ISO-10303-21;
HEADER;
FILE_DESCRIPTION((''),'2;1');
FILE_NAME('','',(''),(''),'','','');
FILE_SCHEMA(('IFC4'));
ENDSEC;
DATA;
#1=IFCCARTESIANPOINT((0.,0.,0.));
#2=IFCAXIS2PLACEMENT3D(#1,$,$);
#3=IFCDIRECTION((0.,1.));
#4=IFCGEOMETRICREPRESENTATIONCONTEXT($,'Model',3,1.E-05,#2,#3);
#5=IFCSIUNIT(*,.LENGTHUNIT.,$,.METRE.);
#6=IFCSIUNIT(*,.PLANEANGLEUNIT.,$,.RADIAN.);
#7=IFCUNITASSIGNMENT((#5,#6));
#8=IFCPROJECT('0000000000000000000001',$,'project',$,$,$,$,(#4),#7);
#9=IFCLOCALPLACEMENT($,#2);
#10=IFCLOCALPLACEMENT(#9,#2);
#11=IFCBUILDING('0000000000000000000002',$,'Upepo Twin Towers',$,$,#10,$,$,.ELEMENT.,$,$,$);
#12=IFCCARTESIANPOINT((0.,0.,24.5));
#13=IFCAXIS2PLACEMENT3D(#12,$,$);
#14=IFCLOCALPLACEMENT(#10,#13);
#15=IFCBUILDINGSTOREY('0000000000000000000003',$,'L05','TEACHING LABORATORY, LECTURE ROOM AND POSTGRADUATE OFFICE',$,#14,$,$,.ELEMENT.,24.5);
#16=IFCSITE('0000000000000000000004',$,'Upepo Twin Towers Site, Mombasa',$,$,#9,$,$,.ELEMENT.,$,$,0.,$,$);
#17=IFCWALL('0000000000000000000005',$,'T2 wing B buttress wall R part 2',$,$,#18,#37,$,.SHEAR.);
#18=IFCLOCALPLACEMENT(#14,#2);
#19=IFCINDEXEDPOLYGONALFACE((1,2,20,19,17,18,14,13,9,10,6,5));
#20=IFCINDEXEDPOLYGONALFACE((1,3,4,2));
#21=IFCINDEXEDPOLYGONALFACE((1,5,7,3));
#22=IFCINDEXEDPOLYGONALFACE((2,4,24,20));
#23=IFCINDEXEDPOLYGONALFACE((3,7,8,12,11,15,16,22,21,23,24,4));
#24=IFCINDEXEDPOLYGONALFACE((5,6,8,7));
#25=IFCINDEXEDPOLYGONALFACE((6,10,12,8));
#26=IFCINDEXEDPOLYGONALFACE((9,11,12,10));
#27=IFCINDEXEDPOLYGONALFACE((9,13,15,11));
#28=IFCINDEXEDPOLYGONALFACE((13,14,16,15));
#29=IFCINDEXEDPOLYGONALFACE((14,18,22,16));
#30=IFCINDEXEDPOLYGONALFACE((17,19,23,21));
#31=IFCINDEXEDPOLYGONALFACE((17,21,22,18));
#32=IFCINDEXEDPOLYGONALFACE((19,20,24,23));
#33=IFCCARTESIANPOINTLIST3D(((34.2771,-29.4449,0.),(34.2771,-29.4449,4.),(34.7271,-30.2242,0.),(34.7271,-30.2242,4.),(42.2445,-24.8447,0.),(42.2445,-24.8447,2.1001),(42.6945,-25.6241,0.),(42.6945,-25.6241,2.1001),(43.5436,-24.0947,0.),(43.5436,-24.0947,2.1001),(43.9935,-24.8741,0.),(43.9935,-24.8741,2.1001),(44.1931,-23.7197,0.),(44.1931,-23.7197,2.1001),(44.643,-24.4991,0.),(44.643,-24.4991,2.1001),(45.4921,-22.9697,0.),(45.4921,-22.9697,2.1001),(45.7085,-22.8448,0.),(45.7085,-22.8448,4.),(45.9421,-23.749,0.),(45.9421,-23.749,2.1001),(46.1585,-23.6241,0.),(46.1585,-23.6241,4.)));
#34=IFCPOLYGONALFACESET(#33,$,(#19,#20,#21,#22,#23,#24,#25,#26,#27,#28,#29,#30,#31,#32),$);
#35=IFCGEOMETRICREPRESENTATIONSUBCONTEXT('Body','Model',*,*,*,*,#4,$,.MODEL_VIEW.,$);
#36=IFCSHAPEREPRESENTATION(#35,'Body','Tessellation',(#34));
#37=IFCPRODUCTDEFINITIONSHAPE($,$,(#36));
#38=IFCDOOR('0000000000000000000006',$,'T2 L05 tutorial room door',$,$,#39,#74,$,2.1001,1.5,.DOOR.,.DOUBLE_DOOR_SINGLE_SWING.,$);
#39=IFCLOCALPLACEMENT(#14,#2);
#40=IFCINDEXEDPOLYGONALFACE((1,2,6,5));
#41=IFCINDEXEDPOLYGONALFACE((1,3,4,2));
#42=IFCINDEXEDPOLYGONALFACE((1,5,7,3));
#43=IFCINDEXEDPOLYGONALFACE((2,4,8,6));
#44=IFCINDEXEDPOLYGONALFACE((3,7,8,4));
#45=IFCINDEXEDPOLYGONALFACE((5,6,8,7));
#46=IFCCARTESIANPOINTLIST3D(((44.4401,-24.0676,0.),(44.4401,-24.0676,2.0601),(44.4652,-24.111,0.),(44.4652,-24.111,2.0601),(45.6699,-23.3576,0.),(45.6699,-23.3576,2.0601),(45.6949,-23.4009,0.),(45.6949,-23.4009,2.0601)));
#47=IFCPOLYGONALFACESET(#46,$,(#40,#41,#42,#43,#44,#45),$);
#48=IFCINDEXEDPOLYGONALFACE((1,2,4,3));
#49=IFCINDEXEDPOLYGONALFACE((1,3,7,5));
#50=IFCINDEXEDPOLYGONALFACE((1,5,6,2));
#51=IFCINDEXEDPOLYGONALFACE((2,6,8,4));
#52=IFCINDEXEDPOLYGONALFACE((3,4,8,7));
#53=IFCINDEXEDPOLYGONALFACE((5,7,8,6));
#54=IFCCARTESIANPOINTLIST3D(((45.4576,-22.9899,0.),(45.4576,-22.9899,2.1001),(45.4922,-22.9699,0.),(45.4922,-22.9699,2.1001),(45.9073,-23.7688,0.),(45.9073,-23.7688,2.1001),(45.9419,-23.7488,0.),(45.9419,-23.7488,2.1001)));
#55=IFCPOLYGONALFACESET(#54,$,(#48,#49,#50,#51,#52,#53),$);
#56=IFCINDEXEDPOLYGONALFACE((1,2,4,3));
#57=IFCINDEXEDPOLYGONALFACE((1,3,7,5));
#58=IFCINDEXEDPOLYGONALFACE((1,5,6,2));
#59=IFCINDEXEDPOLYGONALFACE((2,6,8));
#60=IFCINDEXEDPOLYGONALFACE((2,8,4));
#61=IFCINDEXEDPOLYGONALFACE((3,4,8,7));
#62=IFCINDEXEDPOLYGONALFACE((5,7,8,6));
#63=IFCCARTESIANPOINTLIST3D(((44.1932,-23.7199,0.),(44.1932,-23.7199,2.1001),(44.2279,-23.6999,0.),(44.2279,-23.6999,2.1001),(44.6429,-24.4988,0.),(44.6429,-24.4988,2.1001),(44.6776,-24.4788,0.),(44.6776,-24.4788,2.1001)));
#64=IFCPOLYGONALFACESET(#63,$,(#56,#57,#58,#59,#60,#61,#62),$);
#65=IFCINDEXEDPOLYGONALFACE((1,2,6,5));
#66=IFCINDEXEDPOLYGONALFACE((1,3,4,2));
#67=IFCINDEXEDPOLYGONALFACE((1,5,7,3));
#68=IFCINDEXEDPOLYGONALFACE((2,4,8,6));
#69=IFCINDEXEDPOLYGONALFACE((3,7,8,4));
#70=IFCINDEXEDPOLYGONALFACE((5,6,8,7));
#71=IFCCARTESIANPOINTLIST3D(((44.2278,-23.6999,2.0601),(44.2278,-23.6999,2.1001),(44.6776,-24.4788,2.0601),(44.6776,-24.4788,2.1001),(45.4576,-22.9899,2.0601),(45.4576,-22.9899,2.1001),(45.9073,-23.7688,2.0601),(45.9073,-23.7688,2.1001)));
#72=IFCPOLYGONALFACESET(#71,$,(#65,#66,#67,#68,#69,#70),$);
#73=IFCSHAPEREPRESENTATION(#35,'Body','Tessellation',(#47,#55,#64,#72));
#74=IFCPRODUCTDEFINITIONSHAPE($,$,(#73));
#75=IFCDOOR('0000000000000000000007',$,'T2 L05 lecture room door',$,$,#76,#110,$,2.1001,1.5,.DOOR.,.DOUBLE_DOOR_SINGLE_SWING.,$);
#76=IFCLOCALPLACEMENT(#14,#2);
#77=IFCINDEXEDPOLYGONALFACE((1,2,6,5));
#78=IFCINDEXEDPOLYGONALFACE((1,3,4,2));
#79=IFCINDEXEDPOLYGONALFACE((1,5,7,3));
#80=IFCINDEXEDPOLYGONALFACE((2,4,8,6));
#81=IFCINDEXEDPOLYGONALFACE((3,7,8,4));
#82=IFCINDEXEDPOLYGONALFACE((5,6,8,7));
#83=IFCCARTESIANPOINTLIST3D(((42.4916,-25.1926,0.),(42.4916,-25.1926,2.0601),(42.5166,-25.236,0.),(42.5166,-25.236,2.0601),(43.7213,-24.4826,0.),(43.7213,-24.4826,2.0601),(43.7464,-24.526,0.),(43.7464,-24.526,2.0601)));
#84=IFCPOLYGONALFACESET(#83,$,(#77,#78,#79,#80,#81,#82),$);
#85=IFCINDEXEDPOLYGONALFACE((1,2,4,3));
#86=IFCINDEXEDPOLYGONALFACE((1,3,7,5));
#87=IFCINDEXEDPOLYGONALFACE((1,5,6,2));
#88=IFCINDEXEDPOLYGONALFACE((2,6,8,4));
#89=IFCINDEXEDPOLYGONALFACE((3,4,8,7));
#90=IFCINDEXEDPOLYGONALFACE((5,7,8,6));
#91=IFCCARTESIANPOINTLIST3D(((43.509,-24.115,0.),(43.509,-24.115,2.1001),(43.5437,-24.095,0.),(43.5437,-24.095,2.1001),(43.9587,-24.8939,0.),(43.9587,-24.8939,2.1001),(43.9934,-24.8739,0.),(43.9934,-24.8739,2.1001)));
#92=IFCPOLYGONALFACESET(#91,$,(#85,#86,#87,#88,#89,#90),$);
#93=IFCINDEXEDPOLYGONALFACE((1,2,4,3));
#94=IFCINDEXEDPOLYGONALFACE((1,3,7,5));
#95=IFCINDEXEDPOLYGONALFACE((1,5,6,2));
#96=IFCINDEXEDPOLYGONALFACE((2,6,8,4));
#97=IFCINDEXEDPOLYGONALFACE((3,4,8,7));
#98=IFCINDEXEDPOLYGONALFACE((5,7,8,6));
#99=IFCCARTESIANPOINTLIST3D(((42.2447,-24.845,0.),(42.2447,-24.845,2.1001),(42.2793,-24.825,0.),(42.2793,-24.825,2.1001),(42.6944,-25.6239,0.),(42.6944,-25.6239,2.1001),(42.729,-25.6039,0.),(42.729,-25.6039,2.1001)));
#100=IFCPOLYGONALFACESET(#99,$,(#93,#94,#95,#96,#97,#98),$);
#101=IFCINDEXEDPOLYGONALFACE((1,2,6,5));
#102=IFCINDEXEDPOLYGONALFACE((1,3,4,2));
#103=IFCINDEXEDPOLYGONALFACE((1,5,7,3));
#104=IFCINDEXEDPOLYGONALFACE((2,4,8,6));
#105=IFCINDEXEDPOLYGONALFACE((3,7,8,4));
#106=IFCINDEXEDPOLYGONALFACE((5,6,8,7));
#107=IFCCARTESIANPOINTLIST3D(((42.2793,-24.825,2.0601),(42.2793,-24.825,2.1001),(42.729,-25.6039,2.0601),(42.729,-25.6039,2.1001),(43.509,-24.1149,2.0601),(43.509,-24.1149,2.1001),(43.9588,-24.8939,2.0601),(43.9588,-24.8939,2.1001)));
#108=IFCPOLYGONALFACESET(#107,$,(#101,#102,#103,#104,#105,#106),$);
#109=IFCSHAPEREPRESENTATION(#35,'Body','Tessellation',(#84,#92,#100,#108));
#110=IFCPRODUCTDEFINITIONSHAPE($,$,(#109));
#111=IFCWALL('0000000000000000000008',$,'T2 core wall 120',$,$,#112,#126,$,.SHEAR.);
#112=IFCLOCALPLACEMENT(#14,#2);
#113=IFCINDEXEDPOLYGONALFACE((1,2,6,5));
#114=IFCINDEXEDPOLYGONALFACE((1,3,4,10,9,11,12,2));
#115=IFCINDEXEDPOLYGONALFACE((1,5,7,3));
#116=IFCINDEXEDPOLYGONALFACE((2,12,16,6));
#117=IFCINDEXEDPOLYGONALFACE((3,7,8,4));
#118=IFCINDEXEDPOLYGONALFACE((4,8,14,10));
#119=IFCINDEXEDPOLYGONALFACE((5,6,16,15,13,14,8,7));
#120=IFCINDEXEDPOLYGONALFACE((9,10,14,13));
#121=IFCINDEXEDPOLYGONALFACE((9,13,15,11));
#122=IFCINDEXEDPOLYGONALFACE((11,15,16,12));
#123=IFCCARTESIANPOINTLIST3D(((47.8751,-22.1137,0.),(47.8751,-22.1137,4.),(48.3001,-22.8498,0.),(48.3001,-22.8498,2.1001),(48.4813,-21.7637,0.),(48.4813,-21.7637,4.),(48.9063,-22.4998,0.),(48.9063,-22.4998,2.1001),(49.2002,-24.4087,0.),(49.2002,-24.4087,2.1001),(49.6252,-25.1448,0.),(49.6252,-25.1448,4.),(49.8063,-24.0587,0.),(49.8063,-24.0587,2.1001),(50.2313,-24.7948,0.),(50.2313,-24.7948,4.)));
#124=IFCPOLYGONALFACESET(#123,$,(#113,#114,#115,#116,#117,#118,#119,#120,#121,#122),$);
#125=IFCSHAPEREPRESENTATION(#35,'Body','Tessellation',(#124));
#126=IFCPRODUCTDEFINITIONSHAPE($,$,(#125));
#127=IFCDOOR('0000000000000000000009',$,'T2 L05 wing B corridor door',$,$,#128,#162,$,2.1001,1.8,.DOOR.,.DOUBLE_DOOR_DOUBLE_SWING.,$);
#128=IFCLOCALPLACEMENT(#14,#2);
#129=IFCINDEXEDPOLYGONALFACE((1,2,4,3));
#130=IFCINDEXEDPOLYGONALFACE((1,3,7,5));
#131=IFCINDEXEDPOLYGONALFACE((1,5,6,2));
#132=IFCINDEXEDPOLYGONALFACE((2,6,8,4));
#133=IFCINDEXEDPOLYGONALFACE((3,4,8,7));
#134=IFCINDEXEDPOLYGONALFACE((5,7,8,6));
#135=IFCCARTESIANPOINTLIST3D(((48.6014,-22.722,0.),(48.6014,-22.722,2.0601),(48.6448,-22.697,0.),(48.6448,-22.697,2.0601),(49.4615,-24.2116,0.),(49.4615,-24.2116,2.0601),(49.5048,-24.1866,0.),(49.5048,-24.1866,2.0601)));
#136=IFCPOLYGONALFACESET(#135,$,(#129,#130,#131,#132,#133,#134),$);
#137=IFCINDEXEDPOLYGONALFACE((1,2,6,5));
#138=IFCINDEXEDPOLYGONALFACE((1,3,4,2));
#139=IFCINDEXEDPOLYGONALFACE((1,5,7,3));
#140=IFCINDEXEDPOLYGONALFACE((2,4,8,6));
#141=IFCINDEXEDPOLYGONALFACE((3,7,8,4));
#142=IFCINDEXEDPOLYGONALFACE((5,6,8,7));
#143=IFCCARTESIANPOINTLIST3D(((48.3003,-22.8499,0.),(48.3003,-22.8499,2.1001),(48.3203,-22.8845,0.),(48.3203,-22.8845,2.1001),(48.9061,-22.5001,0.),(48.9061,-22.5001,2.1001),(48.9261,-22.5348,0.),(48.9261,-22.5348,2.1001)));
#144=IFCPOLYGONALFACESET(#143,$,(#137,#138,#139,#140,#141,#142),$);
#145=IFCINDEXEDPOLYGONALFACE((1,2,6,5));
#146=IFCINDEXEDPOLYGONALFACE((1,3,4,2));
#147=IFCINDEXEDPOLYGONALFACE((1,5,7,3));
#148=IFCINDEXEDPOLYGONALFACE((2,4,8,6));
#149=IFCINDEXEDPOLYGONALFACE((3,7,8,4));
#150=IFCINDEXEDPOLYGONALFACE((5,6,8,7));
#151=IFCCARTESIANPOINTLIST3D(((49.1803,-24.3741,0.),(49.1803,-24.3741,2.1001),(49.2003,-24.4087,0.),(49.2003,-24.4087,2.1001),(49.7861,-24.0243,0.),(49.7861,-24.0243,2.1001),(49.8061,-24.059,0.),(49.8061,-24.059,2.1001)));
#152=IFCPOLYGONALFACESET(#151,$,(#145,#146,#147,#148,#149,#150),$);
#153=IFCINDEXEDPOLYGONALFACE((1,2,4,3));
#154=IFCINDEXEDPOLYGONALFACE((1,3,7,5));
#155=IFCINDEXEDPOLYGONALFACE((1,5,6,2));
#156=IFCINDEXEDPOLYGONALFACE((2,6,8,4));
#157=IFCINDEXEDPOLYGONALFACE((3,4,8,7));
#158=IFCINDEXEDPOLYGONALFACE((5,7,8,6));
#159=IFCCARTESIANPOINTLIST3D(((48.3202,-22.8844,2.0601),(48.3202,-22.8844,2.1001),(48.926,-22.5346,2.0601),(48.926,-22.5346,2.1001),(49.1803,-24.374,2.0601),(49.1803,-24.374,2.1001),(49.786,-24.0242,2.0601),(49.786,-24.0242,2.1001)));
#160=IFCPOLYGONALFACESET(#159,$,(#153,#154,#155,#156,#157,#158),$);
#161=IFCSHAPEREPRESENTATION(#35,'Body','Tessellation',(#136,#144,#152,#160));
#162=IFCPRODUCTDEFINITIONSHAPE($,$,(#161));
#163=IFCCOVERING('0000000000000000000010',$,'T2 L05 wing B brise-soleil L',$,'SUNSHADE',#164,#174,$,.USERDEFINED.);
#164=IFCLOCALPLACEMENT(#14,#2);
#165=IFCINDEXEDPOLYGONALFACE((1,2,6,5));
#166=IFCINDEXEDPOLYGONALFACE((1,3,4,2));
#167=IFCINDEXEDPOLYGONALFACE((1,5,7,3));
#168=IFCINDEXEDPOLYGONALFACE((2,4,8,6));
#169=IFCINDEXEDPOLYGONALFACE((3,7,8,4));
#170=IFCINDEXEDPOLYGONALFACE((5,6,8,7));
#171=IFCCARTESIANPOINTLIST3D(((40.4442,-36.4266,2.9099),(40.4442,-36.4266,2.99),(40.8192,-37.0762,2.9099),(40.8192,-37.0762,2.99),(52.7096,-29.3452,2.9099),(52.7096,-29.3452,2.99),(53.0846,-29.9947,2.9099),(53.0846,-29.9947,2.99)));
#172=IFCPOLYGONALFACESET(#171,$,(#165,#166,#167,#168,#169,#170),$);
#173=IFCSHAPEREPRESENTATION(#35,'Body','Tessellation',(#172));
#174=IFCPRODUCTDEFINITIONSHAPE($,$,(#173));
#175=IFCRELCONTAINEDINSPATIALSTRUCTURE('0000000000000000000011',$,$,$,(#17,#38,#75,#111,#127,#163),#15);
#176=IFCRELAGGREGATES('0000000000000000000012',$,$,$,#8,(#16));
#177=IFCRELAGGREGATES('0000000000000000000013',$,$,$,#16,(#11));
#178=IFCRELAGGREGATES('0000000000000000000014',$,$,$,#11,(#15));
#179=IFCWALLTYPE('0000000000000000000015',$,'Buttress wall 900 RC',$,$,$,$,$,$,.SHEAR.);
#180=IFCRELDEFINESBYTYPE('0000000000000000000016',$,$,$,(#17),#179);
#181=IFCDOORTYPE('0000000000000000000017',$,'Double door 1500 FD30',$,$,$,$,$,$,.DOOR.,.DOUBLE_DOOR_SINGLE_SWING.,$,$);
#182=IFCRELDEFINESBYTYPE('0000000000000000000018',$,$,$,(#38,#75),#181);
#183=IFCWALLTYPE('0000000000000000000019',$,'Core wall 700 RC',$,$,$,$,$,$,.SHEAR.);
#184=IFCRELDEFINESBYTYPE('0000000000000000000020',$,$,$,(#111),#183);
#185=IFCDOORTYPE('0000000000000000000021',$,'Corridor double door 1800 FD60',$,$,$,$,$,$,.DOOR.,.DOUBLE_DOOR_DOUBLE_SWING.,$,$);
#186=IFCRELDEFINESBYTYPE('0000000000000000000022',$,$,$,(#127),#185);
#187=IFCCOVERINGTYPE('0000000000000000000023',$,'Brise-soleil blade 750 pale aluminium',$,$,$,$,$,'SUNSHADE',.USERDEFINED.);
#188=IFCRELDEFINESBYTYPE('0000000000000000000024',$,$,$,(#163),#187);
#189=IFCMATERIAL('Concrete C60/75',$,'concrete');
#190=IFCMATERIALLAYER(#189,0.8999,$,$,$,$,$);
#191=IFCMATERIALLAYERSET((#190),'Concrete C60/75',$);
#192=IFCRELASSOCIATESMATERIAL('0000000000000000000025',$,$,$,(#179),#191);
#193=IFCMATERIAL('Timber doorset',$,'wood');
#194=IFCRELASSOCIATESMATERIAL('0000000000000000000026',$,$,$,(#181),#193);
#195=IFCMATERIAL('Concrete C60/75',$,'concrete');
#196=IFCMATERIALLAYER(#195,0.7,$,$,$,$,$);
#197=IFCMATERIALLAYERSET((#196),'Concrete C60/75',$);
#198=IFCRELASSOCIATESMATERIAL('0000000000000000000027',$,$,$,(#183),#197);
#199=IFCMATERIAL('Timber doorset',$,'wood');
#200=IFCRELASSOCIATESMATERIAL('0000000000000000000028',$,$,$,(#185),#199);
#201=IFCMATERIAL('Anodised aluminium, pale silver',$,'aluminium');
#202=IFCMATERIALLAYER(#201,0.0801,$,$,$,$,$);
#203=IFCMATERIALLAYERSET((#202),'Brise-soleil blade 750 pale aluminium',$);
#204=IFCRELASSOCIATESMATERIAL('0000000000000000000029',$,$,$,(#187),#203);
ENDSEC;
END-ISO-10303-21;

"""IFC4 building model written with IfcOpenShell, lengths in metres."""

from ifc_helpers import new_model, si_unit, direction, frame, frame_2d, origin, origin_2d, place, context, subcontext, project, spatial, rectangle, extrude, material, layer, layer_set, type_object, element, fill, save


model = new_model("IFC4")

# Units and contexts
model_context = context("Model", 3, precision=1e-05, world=origin(), true_north=direction((0.0, 1.0)))
body_context = subcontext(model_context, "Body", "Model", "MODEL_VIEW")
ifc_project = project(units=[si_unit("LENGTHUNIT", "METRE"), si_unit("PLANEANGLEUNIT", "RADIAN")], contexts=[model_context])

# Site, building, storey
site_placement = place(None, origin())
site = spatial("IfcSite", under=ifc_project, at=site_placement, Name="Upepo Twin Towers Site, Mombasa", CompositionType="ELEMENT", RefElevation=0.0)
building_placement = place(site_placement, origin())
building = spatial("IfcBuilding", under=site, at=building_placement, Name="Upepo Twin Towers", CompositionType="ELEMENT")
storey_placement = place(building_placement, frame((0.0, 0.0, 24.5)))
storey = spatial("IfcBuildingStorey", under=building, at=storey_placement, Name="L05", Description="TEACHING LABORATORY, LECTURE ROOM AND POSTGRADUATE OFFICE", CompositionType="ELEMENT", Elevation=24.5)

# Wall, openings, doors
ifc_material_1 = material(Name="Concrete C60/75", Category="concrete")
ifc_layer_1 = layer(ifc_material_1, 0.8999)
ifc_layer_set_1 = layer_set([ifc_layer_1], Name="Concrete C60/75")
wall_type_1 = type_object("IfcWallType", Name="Buttress wall 900 RC", PredefinedType="SHEAR", material=ifc_layer_set_1)
ifc_material_2 = material(Name="Timber doorset", Category="wood")
door_type_1 = type_object("IfcDoorType", Name="Double door 1500 FD30", OperationType="DOUBLE_DOOR_SINGLE_SWING", PredefinedType="DOOR", material=ifc_material_2)
wall_1_placement = place(storey_placement, frame((45.9336, -23.2344, 0.0), z_axis=(0.0, 0.0, 1.0), x_axis=(-0.86602, -0.50001, 0.0)))
wall_1 = element("IfcWall", 1, at=wall_1_placement, inside=storey, type_object=wall_type_1, Name="T2 wing B buttress wall R part 2", PredefinedType="SHEAR", context=body_context, shape_type="SweptSolid", body=[
    extrude(rectangle(XDim=13.2, YDim=0.8999, at=frame_2d((6.6001, 0.0))), origin(), (0.0, 0.0, 1.0), 4.0),
])
opening_1_placement = place(wall_1_placement, frame((0.25, 0.0, 0.0)))
opening_1 = element("IfcOpeningElement", 2, at=opening_1_placement, cuts=wall_1, PredefinedType="OPENING", context=body_context, shape_type="SweptSolid", body=[
    extrude(rectangle(XDim=1.5, YDim=2.1001, at=frame_2d((0.75, 1.05))), frame((0.0, 0.46, 0.0), z_axis=(0.0, -1.0, 0.0), x_axis=(1.0, 0.0, 0.0)), (0.0, 0.0, 1.0), 0.9199),
])
opening_2_placement = place(wall_1_placement, frame((2.5, 0.0, 0.0)))
opening_2 = element("IfcOpeningElement", 3, at=opening_2_placement, cuts=wall_1, PredefinedType="OPENING", context=body_context, shape_type="SweptSolid", body=[
    extrude(rectangle(XDim=1.5, YDim=2.1001, at=frame_2d((0.75, 1.05))), frame((0.0, 0.46, 0.0), z_axis=(0.0, -1.0, 0.0), x_axis=(1.0, 0.0, 0.0)), (0.0, 0.0, 1.0), 0.9199),
])
door_1_placement = place(opening_1_placement, origin())
door_1 = element("IfcDoor", 4, at=door_1_placement, inside=storey, type_object=door_type_1, Name="T2 L05 tutorial room door", OperationType="DOUBLE_DOOR_SINGLE_SWING", OverallHeight=2.1001, OverallWidth=1.5, PredefinedType="DOOR", context=body_context, shape_type="SweptSolid", body=[
    extrude(rectangle(XDim=1.42, YDim=2.0601, at=frame_2d((0.75, 1.03))), frame((0.0, 0.0249, 0.0), z_axis=(0.0, -1.0, 0.0), x_axis=(1.0, 0.0, 0.0)), (0.0, 0.0, 1.0), 0.05),
    extrude(rectangle(XDim=0.04, YDim=2.1001, at=frame_2d((0.02, 1.05))), frame((0.0, 0.4497, 0.0), z_axis=(0.0, -1.0, 0.0), x_axis=(1.0, 0.0, 0.0)), (0.0, 0.0, 1.0), 0.8994),
    extrude(rectangle(XDim=0.04, YDim=2.1001, at=frame_2d((1.48, 1.05))), frame((0.0, 0.4497, 0.0), z_axis=(0.0, -1.0, 0.0), x_axis=(1.0, 0.0, 0.0)), (0.0, 0.0, 1.0), 0.8994),
    extrude(rectangle(XDim=1.42, YDim=0.04, at=frame_2d((0.75, 2.0801))), frame((0.0, 0.4497, 0.0), z_axis=(0.0, -1.0, 0.0), x_axis=(1.0, 0.0, 0.0)), (0.0, 0.0, 1.0), 0.8994),
])
fill(opening_1, door_1)
door_2_placement = place(opening_2_placement, origin())
door_2 = element("IfcDoor", 5, at=door_2_placement, inside=storey, type_object=door_type_1, Name="T2 L05 lecture room door", OperationType="DOUBLE_DOOR_SINGLE_SWING", OverallHeight=2.1001, OverallWidth=1.5, PredefinedType="DOOR", context=body_context, shape_type="SweptSolid", body=[
    extrude(rectangle(XDim=1.42, YDim=2.0601, at=frame_2d((0.75, 1.03))), frame((0.0, 0.0249, 0.0), z_axis=(0.0, -1.0, 0.0), x_axis=(1.0, 0.0, 0.0)), (0.0, 0.0, 1.0), 0.05),
    extrude(rectangle(XDim=0.04, YDim=2.1001, at=frame_2d((0.02, 1.05))), frame((0.0, 0.4497, 0.0), z_axis=(0.0, -1.0, 0.0), x_axis=(1.0, 0.0, 0.0)), (0.0, 0.0, 1.0), 0.8994),
    extrude(rectangle(XDim=0.04, YDim=2.1001, at=frame_2d((1.48, 1.05))), frame((0.0, 0.4497, 0.0), z_axis=(0.0, -1.0, 0.0), x_axis=(1.0, 0.0, 0.0)), (0.0, 0.0, 1.0), 0.8994),
    extrude(rectangle(XDim=1.42, YDim=0.04, at=frame_2d((0.75, 2.0801))), frame((0.0, 0.4497, 0.0), z_axis=(0.0, -1.0, 0.0), x_axis=(1.0, 0.0, 0.0)), (0.0, 0.0, 1.0), 0.8994),
])
fill(opening_2, door_2)

# Wall, opening, door
ifc_material_3 = material(Name="Concrete C60/75", Category="concrete")
ifc_layer_2 = layer(ifc_material_3, 0.7)
ifc_layer_set_2 = layer_set([ifc_layer_2], Name="Concrete C60/75")
wall_type_2 = type_object("IfcWallType", Name="Core wall 700 RC", PredefinedType="SHEAR", material=ifc_layer_set_2)
wall_2_placement = place(storey_placement, frame((48.1782, -21.9387, 0.0), z_axis=(0.0, 0.0, 1.0), x_axis=(0.50001, -0.866019, 0.0)))
wall_2 = element("IfcWall", 6, at=wall_2_placement, inside=storey, type_object=wall_type_2, Name="T2 core wall 120", PredefinedType="SHEAR", context=body_context, shape_type="SweptSolid", body=[
    extrude(rectangle(XDim=3.5, YDim=0.7, at=frame_2d((1.75, 0.0))), origin(), (0.0, 0.0, 1.0), 4.0),
])
opening_3_placement = place(wall_2_placement, frame((0.8501, 0.0, 0.0)))
opening_3 = element("IfcOpeningElement", 7, at=opening_3_placement, cuts=wall_2, PredefinedType="OPENING", context=body_context, shape_type="SweptSolid", body=[
    extrude(rectangle(XDim=1.8, YDim=2.1001, at=frame_2d((0.8999, 1.05))), frame((0.0, 0.3599, 0.0), z_axis=(0.0, -1.0, 0.0), x_axis=(1.0, 0.0, 0.0)), (0.0, 0.0, 1.0), 0.72),
])
ifc_material_4 = material(Name="Timber doorset", Category="wood")
door_type_2 = type_object("IfcDoorType", Name="Corridor double door 1800 FD60", OperationType="DOUBLE_DOOR_DOUBLE_SWING", PredefinedType="DOOR", material=ifc_material_4)
door_3_placement = place(opening_3_placement, origin())
door_3 = element("IfcDoor", 8, at=door_3_placement, inside=storey, type_object=door_type_2, Name="T2 L05 wing B corridor door", OperationType="DOUBLE_DOOR_DOUBLE_SWING", OverallHeight=2.1001, OverallWidth=1.8, PredefinedType="DOOR", context=body_context, shape_type="SweptSolid", body=[
    extrude(rectangle(XDim=1.72, YDim=2.0601, at=frame_2d((0.8999, 1.03))), frame((0.0, 0.0249, 0.0), z_axis=(0.0, -1.0, 0.0), x_axis=(1.0, 0.0, 0.0)), (0.0, 0.0, 1.0), 0.05),
    extrude(rectangle(XDim=0.04, YDim=2.1001, at=frame_2d((0.02, 1.05))), frame((0.0, 0.3496, 0.0), z_axis=(0.0, -1.0, 0.0), x_axis=(1.0, 0.0, 0.0)), (0.0, 0.0, 1.0), 0.6995),
    extrude(rectangle(XDim=0.04, YDim=2.1001, at=frame_2d((1.78, 1.05))), frame((0.0, 0.3496, 0.0), z_axis=(0.0, -1.0, 0.0), x_axis=(1.0, 0.0, 0.0)), (0.0, 0.0, 1.0), 0.6995),
    extrude(rectangle(XDim=1.72, YDim=0.04, at=frame_2d((0.8999, 2.0801))), frame((0.0, 0.3496, 0.0), z_axis=(0.0, -1.0, 0.0), x_axis=(1.0, 0.0, 0.0)), (0.0, 0.0, 1.0), 0.6995),
])
fill(opening_3, door_3)

# Covering
ifc_material_5 = material(Name="Anodised aluminium, pale silver", Category="aluminium")
ifc_layer_3 = layer(ifc_material_5, 0.0801)
ifc_layer_set_3 = layer_set([ifc_layer_3], Name="Brise-soleil blade 750 pale aluminium")
covering_type = type_object("IfcCoveringType", Name="Brise-soleil blade 750 pale aluminium", ElementType="SUNSHADE", PredefinedType="USERDEFINED", material=ifc_layer_set_3)
covering_placement = place(storey_placement, frame((46.7644, -33.2107, 2.9099), z_axis=(0.0, 0.0, 1.0), x_axis=(-0.866025, -0.5, 0.0)))
element("IfcCovering", 9, at=covering_placement, inside=storey, type_object=covering_type, Name="T2 L05 wing B brise-soleil L", ObjectType="SUNSHADE", PredefinedType="USERDEFINED", context=body_context, shape_type="SweptSolid", body=[
    extrude(rectangle(XDim=14.1628, YDim=0.75, at=origin_2d()), origin(), (0.0, 0.0, 1.0), 0.0801),
])

save(model, "model.ifc")
